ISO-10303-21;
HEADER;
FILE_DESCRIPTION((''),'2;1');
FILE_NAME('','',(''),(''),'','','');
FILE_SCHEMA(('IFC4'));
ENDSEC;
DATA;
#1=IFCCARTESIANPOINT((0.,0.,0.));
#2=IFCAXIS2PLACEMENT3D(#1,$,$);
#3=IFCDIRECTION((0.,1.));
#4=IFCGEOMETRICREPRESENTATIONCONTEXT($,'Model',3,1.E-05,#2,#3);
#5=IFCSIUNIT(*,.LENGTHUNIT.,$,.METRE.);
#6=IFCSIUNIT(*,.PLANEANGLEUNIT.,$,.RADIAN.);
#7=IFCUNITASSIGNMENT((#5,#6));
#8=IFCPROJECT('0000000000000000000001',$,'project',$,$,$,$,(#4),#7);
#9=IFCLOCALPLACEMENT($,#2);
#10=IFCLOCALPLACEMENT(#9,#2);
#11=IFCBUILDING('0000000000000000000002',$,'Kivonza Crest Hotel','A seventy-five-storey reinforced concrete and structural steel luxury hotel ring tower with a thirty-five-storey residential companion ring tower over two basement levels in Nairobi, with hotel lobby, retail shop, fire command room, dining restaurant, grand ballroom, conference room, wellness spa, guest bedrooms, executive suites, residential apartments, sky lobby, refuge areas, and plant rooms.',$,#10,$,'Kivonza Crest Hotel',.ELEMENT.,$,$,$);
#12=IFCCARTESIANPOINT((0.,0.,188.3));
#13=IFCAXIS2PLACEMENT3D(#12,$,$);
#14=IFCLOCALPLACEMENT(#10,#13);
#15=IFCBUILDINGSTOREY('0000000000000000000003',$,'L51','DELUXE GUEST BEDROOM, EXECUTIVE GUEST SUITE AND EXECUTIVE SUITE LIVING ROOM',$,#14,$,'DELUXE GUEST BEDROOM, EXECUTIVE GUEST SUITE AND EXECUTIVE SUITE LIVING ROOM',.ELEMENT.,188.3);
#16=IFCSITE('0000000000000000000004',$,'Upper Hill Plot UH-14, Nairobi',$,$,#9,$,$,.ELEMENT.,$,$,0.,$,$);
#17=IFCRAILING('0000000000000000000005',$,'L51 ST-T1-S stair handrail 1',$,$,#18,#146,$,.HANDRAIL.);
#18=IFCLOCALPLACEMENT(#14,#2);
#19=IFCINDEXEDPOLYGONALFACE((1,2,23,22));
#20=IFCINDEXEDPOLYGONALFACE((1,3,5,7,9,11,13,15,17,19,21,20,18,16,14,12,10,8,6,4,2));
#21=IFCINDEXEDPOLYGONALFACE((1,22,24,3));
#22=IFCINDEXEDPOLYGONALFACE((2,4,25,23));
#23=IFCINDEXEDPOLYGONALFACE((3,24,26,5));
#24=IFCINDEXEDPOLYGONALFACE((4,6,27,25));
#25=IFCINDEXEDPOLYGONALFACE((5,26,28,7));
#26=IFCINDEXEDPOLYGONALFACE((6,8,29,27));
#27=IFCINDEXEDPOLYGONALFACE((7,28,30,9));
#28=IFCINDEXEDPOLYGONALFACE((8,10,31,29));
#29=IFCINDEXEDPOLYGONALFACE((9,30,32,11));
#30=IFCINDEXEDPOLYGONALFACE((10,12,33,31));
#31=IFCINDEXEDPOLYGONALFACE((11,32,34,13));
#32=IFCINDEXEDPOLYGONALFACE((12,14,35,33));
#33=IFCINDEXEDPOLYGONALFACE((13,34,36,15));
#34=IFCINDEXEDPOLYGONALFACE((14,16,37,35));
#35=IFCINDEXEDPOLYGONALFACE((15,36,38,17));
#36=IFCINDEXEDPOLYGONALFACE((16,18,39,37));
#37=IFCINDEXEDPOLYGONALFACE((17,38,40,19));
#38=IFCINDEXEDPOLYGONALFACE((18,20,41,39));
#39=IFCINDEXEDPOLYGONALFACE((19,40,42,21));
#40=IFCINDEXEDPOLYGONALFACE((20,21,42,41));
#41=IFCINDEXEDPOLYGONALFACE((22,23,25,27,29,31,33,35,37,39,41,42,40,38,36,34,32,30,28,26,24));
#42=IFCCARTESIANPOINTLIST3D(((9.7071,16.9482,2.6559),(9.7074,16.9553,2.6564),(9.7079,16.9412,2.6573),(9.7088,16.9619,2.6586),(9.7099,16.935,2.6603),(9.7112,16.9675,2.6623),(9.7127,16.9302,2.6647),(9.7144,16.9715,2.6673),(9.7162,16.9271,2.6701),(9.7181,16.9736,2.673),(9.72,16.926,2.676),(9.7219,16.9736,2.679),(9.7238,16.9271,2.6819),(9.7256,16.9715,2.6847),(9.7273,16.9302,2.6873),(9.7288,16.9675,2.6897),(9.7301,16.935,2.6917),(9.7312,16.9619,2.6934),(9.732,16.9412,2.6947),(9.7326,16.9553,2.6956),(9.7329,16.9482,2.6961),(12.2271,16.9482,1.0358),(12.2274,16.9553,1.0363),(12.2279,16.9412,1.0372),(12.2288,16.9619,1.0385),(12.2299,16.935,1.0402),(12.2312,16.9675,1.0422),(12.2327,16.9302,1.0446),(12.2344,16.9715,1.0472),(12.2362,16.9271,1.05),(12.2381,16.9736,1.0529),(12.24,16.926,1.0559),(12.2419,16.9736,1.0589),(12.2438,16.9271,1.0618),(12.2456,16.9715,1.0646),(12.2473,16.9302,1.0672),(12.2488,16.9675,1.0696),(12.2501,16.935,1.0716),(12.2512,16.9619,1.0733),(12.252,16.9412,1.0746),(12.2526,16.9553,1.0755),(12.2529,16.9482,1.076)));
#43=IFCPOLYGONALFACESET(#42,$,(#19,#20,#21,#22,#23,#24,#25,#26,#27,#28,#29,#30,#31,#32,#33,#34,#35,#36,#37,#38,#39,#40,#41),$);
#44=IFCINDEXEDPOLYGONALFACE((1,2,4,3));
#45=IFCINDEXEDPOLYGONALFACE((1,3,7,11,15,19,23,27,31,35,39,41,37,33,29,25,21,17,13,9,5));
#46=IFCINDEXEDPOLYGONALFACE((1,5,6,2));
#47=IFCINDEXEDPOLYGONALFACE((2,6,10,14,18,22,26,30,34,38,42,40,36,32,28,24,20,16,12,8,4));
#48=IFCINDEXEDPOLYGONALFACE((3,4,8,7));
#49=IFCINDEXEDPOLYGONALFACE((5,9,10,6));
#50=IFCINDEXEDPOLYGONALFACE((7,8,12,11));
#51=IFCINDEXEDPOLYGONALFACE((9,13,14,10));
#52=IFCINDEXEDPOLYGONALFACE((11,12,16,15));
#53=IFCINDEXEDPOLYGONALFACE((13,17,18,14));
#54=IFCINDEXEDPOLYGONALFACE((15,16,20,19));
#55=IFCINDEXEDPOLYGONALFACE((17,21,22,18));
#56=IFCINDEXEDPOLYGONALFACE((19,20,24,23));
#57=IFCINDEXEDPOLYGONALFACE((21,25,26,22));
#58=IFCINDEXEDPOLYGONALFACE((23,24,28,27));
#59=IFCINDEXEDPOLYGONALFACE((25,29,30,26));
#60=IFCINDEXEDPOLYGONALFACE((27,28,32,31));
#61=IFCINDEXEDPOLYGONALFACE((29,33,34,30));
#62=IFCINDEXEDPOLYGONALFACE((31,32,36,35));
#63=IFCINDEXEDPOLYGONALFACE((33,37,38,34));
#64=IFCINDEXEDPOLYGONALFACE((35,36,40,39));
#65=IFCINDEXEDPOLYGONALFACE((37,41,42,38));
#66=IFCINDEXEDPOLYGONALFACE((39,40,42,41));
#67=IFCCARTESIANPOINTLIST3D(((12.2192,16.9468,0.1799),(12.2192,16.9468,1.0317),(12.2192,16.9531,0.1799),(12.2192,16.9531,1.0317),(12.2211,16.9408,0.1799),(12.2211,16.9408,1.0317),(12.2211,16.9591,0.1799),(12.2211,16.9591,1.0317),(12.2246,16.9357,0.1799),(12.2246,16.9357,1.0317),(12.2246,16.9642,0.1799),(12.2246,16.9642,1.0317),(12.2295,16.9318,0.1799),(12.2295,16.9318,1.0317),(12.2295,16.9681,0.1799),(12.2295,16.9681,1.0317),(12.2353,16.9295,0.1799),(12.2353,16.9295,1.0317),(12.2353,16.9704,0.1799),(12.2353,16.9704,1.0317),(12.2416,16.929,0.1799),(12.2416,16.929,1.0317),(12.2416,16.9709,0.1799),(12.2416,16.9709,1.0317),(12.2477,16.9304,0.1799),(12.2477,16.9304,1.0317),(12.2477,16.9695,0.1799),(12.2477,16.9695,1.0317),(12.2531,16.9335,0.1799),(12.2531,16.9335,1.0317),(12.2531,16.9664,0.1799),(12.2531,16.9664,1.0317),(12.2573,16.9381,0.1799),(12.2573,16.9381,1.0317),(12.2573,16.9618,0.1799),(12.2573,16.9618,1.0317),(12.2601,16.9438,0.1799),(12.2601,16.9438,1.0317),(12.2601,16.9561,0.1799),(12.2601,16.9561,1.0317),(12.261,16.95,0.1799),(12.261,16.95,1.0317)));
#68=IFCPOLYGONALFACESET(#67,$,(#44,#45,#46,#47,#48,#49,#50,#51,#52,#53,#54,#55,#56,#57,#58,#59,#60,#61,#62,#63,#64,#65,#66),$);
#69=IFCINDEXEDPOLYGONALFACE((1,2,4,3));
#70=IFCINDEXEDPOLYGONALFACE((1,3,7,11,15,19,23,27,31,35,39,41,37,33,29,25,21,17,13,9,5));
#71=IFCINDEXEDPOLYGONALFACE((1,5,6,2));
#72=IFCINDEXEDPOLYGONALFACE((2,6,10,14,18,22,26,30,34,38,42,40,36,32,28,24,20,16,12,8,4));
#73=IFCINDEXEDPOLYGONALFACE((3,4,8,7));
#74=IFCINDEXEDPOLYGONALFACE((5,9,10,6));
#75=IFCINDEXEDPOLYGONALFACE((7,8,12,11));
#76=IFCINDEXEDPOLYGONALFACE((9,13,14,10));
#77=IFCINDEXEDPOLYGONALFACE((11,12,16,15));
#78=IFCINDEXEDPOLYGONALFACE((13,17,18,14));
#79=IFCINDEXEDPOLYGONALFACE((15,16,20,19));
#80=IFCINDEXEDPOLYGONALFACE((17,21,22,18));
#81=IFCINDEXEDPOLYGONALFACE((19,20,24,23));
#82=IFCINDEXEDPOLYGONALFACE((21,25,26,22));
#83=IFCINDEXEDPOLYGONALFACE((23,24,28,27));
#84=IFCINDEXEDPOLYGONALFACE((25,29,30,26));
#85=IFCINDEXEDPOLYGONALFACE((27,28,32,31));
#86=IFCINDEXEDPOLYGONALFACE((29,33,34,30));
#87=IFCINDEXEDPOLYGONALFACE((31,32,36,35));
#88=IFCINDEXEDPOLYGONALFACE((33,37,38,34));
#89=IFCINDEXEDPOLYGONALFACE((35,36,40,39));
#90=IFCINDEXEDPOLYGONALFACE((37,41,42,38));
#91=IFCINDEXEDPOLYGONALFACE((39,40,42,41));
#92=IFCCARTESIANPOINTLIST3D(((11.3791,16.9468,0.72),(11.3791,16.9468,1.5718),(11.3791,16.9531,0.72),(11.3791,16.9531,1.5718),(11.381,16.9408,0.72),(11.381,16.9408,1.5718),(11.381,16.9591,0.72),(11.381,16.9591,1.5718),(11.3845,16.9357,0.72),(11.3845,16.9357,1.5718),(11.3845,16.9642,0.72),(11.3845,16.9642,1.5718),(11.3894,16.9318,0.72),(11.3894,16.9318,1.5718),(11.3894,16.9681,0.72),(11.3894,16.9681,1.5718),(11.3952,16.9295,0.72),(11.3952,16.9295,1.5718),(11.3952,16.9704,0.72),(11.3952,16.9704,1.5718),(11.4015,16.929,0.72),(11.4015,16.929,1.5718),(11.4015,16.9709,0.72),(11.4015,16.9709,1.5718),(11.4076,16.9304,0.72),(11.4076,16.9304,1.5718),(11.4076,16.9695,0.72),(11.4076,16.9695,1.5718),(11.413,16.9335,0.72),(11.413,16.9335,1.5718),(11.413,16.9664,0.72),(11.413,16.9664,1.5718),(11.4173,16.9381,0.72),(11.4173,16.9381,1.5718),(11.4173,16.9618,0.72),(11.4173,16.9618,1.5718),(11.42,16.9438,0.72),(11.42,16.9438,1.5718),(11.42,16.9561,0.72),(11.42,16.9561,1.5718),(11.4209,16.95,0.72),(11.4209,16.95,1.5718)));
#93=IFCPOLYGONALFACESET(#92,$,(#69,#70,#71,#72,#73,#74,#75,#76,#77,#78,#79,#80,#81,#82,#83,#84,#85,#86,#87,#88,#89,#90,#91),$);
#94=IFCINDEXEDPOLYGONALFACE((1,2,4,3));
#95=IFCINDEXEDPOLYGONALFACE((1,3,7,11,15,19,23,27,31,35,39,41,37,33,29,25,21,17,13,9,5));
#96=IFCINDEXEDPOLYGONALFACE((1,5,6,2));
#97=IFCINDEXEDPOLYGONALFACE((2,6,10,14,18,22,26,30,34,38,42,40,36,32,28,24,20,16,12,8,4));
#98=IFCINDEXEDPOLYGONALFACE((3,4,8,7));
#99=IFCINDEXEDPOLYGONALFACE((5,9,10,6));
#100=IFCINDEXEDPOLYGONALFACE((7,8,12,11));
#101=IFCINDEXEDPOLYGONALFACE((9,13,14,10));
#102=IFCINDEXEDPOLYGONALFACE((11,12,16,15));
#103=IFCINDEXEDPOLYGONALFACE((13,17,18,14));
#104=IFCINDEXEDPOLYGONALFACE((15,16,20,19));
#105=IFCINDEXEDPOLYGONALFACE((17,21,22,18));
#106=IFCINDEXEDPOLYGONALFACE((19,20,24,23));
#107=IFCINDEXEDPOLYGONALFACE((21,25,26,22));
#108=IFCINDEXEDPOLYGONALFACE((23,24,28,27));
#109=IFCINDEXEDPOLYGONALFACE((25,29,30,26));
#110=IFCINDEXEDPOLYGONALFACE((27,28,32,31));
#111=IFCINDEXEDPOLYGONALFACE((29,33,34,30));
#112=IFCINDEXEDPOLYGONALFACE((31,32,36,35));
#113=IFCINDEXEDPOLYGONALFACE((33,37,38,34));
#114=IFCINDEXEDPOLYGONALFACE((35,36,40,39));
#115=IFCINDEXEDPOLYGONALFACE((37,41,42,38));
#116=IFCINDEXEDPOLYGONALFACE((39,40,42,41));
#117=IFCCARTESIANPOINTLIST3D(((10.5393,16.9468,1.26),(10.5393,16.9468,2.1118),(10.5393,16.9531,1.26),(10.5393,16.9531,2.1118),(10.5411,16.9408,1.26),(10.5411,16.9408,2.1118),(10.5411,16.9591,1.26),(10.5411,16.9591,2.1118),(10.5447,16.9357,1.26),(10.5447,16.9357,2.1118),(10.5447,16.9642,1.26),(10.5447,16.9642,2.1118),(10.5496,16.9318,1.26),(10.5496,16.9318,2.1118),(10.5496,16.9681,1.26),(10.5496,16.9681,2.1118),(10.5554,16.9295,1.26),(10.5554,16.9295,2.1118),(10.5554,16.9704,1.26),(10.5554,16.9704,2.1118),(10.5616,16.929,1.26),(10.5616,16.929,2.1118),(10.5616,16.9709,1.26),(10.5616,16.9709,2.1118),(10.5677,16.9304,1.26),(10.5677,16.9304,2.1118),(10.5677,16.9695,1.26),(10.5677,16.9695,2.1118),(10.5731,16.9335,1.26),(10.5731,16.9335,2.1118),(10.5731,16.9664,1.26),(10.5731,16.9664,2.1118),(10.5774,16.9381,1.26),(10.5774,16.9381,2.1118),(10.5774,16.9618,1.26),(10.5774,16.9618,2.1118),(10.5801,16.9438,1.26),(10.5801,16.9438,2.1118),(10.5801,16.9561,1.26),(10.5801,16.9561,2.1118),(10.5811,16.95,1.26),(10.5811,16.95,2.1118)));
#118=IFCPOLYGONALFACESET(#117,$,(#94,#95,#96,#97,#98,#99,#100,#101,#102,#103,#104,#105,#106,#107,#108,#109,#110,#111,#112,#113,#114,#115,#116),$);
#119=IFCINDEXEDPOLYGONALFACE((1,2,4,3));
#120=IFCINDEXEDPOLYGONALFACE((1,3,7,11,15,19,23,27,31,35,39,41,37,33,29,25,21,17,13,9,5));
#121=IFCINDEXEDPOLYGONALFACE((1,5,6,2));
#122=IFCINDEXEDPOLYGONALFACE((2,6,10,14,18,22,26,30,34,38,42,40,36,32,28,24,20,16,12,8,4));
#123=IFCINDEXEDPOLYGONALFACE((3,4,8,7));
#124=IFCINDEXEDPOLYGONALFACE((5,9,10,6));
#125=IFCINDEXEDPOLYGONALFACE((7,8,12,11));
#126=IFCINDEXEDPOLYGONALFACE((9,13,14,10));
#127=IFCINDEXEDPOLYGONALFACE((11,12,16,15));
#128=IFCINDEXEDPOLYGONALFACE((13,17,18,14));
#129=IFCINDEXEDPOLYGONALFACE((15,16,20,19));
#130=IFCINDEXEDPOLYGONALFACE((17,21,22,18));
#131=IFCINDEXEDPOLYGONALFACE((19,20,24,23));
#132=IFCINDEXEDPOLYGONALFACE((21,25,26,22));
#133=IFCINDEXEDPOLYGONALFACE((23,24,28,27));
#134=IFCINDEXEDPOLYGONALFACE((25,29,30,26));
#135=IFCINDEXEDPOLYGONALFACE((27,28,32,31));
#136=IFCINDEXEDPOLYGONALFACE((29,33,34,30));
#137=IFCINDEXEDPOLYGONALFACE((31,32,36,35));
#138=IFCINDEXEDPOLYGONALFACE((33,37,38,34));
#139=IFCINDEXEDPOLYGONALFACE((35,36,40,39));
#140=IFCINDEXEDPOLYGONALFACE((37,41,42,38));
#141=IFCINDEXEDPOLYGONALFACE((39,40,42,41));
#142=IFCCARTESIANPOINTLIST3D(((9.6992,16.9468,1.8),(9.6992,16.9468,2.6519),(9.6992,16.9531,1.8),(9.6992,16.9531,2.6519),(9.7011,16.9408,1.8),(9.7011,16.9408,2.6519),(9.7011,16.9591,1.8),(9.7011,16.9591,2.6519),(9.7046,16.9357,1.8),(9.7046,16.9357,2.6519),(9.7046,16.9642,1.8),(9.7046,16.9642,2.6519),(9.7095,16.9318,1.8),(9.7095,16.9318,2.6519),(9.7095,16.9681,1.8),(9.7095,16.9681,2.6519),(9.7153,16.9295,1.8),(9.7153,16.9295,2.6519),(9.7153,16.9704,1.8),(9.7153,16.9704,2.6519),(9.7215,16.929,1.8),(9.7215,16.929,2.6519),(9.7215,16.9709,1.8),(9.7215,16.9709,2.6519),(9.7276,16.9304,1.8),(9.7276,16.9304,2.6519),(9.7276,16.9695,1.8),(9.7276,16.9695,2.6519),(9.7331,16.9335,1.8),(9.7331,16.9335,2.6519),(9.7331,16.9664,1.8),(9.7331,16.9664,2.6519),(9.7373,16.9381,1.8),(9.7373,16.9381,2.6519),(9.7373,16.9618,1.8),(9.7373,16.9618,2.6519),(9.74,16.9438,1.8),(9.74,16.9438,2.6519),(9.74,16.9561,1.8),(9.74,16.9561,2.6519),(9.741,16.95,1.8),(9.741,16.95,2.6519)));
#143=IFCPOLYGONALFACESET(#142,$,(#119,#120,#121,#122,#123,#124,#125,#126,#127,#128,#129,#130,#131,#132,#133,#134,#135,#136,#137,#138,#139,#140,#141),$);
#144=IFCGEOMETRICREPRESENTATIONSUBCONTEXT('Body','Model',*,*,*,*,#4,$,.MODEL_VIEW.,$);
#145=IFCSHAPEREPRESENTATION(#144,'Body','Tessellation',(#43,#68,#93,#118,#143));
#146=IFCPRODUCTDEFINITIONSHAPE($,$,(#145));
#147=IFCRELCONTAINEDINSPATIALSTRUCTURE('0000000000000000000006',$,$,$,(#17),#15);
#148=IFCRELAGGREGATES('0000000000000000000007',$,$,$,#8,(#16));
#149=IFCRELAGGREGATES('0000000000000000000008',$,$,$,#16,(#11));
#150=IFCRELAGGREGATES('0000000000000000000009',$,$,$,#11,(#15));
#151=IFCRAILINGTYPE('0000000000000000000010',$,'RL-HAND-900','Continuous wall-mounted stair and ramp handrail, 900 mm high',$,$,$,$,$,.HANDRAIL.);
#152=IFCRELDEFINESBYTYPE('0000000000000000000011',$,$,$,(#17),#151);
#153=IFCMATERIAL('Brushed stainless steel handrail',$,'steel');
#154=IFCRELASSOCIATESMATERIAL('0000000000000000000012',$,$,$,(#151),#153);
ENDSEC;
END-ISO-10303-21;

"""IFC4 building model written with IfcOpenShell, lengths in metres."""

from ifc_helpers import new_model, si_unit, direction, frame, origin, origin_2d, place, context, subcontext, project, spatial, circle, extrude, material, type_object, element, save


model = new_model("IFC4")

# Units and contexts
model_context = context("Model", 3, precision=1e-05, world=origin(), true_north=direction((0.0, 1.0)))
body_context = subcontext(model_context, "Body", "Model", "MODEL_VIEW")
ifc_project = project(units=[si_unit("LENGTHUNIT", "METRE"), si_unit("PLANEANGLEUNIT", "RADIAN")], contexts=[model_context])

# Site, building, storey
site_placement = place(None, origin())
site = spatial("IfcSite", under=ifc_project, at=site_placement, Name="Upper Hill Plot UH-14, Nairobi", CompositionType="ELEMENT", RefElevation=0.0)
building_placement = place(site_placement, origin())
building = spatial("IfcBuilding", under=site, at=building_placement, Name="Kivonza Crest Hotel", Description="A seventy-five-storey reinforced concrete and structural steel luxury hotel ring tower with a thirty-five-storey residential companion ring tower over two basement levels in Nairobi, with hotel lobby, retail shop, fire command room, dining restaurant, grand ballroom, conference room, wellness spa, guest bedrooms, executive suites, residential apartments, sky lobby, refuge areas, and plant rooms.", LongName="Kivonza Crest Hotel", CompositionType="ELEMENT")
storey_placement = place(building_placement, frame((0.0, 0.0, 188.3)))
storey = spatial("IfcBuildingStorey", under=building, at=storey_placement, Name="L51", Description="DELUXE GUEST BEDROOM, EXECUTIVE GUEST SUITE AND EXECUTIVE SUITE LIVING ROOM", LongName="DELUXE GUEST BEDROOM, EXECUTIVE GUEST SUITE AND EXECUTIVE SUITE LIVING ROOM", CompositionType="ELEMENT", Elevation=188.3)

# Railing
ifc_material_1 = material(Name="Brushed stainless steel handrail", Category="steel")
railing_type_1 = type_object("IfcRailingType", Name="RL-HAND-900", Description="Continuous wall-mounted stair and ramp handrail, 900 mm high", PredefinedType="HANDRAIL", material=ifc_material_1)
railing_1_placement = place(storey_placement, frame((12.24, 16.95, 0.1799)))
element("IfcRailing", 1, at=railing_1_placement, inside=storey, type_object=railing_type_1, Name="L51 ST-T1-S stair handrail 1", PredefinedType="HANDRAIL", context=body_context, shape_type="SweptSolid", body=[
    extrude(circle(Radius=0.0239, at=origin_2d()), frame((0.0, 0.0, 0.876), z_axis=(-0.841163, 0.0, 0.540782), x_axis=(0.0, -1.0, 0.0)), (0.0, 0.0, 1.0), 2.9958),
    extrude(circle(Radius=0.021, at=origin_2d()), origin(), (0.0, 0.0, 1.0), 0.8518),
    extrude(circle(Radius=0.021, at=origin_2d()), frame((-0.8401, 0.0, 0.54)), (0.0, 0.0, 1.0), 0.8518),
    extrude(circle(Radius=0.021, at=origin_2d()), frame((-1.6799, 0.0, 1.0801)), (0.0, 0.0, 1.0), 0.8518),
    extrude(circle(Radius=0.021, at=origin_2d()), frame((-2.52, 0.0, 1.6201)), (0.0, 0.0, 1.0), 0.8518),
])

save(model, "model.ifc")
